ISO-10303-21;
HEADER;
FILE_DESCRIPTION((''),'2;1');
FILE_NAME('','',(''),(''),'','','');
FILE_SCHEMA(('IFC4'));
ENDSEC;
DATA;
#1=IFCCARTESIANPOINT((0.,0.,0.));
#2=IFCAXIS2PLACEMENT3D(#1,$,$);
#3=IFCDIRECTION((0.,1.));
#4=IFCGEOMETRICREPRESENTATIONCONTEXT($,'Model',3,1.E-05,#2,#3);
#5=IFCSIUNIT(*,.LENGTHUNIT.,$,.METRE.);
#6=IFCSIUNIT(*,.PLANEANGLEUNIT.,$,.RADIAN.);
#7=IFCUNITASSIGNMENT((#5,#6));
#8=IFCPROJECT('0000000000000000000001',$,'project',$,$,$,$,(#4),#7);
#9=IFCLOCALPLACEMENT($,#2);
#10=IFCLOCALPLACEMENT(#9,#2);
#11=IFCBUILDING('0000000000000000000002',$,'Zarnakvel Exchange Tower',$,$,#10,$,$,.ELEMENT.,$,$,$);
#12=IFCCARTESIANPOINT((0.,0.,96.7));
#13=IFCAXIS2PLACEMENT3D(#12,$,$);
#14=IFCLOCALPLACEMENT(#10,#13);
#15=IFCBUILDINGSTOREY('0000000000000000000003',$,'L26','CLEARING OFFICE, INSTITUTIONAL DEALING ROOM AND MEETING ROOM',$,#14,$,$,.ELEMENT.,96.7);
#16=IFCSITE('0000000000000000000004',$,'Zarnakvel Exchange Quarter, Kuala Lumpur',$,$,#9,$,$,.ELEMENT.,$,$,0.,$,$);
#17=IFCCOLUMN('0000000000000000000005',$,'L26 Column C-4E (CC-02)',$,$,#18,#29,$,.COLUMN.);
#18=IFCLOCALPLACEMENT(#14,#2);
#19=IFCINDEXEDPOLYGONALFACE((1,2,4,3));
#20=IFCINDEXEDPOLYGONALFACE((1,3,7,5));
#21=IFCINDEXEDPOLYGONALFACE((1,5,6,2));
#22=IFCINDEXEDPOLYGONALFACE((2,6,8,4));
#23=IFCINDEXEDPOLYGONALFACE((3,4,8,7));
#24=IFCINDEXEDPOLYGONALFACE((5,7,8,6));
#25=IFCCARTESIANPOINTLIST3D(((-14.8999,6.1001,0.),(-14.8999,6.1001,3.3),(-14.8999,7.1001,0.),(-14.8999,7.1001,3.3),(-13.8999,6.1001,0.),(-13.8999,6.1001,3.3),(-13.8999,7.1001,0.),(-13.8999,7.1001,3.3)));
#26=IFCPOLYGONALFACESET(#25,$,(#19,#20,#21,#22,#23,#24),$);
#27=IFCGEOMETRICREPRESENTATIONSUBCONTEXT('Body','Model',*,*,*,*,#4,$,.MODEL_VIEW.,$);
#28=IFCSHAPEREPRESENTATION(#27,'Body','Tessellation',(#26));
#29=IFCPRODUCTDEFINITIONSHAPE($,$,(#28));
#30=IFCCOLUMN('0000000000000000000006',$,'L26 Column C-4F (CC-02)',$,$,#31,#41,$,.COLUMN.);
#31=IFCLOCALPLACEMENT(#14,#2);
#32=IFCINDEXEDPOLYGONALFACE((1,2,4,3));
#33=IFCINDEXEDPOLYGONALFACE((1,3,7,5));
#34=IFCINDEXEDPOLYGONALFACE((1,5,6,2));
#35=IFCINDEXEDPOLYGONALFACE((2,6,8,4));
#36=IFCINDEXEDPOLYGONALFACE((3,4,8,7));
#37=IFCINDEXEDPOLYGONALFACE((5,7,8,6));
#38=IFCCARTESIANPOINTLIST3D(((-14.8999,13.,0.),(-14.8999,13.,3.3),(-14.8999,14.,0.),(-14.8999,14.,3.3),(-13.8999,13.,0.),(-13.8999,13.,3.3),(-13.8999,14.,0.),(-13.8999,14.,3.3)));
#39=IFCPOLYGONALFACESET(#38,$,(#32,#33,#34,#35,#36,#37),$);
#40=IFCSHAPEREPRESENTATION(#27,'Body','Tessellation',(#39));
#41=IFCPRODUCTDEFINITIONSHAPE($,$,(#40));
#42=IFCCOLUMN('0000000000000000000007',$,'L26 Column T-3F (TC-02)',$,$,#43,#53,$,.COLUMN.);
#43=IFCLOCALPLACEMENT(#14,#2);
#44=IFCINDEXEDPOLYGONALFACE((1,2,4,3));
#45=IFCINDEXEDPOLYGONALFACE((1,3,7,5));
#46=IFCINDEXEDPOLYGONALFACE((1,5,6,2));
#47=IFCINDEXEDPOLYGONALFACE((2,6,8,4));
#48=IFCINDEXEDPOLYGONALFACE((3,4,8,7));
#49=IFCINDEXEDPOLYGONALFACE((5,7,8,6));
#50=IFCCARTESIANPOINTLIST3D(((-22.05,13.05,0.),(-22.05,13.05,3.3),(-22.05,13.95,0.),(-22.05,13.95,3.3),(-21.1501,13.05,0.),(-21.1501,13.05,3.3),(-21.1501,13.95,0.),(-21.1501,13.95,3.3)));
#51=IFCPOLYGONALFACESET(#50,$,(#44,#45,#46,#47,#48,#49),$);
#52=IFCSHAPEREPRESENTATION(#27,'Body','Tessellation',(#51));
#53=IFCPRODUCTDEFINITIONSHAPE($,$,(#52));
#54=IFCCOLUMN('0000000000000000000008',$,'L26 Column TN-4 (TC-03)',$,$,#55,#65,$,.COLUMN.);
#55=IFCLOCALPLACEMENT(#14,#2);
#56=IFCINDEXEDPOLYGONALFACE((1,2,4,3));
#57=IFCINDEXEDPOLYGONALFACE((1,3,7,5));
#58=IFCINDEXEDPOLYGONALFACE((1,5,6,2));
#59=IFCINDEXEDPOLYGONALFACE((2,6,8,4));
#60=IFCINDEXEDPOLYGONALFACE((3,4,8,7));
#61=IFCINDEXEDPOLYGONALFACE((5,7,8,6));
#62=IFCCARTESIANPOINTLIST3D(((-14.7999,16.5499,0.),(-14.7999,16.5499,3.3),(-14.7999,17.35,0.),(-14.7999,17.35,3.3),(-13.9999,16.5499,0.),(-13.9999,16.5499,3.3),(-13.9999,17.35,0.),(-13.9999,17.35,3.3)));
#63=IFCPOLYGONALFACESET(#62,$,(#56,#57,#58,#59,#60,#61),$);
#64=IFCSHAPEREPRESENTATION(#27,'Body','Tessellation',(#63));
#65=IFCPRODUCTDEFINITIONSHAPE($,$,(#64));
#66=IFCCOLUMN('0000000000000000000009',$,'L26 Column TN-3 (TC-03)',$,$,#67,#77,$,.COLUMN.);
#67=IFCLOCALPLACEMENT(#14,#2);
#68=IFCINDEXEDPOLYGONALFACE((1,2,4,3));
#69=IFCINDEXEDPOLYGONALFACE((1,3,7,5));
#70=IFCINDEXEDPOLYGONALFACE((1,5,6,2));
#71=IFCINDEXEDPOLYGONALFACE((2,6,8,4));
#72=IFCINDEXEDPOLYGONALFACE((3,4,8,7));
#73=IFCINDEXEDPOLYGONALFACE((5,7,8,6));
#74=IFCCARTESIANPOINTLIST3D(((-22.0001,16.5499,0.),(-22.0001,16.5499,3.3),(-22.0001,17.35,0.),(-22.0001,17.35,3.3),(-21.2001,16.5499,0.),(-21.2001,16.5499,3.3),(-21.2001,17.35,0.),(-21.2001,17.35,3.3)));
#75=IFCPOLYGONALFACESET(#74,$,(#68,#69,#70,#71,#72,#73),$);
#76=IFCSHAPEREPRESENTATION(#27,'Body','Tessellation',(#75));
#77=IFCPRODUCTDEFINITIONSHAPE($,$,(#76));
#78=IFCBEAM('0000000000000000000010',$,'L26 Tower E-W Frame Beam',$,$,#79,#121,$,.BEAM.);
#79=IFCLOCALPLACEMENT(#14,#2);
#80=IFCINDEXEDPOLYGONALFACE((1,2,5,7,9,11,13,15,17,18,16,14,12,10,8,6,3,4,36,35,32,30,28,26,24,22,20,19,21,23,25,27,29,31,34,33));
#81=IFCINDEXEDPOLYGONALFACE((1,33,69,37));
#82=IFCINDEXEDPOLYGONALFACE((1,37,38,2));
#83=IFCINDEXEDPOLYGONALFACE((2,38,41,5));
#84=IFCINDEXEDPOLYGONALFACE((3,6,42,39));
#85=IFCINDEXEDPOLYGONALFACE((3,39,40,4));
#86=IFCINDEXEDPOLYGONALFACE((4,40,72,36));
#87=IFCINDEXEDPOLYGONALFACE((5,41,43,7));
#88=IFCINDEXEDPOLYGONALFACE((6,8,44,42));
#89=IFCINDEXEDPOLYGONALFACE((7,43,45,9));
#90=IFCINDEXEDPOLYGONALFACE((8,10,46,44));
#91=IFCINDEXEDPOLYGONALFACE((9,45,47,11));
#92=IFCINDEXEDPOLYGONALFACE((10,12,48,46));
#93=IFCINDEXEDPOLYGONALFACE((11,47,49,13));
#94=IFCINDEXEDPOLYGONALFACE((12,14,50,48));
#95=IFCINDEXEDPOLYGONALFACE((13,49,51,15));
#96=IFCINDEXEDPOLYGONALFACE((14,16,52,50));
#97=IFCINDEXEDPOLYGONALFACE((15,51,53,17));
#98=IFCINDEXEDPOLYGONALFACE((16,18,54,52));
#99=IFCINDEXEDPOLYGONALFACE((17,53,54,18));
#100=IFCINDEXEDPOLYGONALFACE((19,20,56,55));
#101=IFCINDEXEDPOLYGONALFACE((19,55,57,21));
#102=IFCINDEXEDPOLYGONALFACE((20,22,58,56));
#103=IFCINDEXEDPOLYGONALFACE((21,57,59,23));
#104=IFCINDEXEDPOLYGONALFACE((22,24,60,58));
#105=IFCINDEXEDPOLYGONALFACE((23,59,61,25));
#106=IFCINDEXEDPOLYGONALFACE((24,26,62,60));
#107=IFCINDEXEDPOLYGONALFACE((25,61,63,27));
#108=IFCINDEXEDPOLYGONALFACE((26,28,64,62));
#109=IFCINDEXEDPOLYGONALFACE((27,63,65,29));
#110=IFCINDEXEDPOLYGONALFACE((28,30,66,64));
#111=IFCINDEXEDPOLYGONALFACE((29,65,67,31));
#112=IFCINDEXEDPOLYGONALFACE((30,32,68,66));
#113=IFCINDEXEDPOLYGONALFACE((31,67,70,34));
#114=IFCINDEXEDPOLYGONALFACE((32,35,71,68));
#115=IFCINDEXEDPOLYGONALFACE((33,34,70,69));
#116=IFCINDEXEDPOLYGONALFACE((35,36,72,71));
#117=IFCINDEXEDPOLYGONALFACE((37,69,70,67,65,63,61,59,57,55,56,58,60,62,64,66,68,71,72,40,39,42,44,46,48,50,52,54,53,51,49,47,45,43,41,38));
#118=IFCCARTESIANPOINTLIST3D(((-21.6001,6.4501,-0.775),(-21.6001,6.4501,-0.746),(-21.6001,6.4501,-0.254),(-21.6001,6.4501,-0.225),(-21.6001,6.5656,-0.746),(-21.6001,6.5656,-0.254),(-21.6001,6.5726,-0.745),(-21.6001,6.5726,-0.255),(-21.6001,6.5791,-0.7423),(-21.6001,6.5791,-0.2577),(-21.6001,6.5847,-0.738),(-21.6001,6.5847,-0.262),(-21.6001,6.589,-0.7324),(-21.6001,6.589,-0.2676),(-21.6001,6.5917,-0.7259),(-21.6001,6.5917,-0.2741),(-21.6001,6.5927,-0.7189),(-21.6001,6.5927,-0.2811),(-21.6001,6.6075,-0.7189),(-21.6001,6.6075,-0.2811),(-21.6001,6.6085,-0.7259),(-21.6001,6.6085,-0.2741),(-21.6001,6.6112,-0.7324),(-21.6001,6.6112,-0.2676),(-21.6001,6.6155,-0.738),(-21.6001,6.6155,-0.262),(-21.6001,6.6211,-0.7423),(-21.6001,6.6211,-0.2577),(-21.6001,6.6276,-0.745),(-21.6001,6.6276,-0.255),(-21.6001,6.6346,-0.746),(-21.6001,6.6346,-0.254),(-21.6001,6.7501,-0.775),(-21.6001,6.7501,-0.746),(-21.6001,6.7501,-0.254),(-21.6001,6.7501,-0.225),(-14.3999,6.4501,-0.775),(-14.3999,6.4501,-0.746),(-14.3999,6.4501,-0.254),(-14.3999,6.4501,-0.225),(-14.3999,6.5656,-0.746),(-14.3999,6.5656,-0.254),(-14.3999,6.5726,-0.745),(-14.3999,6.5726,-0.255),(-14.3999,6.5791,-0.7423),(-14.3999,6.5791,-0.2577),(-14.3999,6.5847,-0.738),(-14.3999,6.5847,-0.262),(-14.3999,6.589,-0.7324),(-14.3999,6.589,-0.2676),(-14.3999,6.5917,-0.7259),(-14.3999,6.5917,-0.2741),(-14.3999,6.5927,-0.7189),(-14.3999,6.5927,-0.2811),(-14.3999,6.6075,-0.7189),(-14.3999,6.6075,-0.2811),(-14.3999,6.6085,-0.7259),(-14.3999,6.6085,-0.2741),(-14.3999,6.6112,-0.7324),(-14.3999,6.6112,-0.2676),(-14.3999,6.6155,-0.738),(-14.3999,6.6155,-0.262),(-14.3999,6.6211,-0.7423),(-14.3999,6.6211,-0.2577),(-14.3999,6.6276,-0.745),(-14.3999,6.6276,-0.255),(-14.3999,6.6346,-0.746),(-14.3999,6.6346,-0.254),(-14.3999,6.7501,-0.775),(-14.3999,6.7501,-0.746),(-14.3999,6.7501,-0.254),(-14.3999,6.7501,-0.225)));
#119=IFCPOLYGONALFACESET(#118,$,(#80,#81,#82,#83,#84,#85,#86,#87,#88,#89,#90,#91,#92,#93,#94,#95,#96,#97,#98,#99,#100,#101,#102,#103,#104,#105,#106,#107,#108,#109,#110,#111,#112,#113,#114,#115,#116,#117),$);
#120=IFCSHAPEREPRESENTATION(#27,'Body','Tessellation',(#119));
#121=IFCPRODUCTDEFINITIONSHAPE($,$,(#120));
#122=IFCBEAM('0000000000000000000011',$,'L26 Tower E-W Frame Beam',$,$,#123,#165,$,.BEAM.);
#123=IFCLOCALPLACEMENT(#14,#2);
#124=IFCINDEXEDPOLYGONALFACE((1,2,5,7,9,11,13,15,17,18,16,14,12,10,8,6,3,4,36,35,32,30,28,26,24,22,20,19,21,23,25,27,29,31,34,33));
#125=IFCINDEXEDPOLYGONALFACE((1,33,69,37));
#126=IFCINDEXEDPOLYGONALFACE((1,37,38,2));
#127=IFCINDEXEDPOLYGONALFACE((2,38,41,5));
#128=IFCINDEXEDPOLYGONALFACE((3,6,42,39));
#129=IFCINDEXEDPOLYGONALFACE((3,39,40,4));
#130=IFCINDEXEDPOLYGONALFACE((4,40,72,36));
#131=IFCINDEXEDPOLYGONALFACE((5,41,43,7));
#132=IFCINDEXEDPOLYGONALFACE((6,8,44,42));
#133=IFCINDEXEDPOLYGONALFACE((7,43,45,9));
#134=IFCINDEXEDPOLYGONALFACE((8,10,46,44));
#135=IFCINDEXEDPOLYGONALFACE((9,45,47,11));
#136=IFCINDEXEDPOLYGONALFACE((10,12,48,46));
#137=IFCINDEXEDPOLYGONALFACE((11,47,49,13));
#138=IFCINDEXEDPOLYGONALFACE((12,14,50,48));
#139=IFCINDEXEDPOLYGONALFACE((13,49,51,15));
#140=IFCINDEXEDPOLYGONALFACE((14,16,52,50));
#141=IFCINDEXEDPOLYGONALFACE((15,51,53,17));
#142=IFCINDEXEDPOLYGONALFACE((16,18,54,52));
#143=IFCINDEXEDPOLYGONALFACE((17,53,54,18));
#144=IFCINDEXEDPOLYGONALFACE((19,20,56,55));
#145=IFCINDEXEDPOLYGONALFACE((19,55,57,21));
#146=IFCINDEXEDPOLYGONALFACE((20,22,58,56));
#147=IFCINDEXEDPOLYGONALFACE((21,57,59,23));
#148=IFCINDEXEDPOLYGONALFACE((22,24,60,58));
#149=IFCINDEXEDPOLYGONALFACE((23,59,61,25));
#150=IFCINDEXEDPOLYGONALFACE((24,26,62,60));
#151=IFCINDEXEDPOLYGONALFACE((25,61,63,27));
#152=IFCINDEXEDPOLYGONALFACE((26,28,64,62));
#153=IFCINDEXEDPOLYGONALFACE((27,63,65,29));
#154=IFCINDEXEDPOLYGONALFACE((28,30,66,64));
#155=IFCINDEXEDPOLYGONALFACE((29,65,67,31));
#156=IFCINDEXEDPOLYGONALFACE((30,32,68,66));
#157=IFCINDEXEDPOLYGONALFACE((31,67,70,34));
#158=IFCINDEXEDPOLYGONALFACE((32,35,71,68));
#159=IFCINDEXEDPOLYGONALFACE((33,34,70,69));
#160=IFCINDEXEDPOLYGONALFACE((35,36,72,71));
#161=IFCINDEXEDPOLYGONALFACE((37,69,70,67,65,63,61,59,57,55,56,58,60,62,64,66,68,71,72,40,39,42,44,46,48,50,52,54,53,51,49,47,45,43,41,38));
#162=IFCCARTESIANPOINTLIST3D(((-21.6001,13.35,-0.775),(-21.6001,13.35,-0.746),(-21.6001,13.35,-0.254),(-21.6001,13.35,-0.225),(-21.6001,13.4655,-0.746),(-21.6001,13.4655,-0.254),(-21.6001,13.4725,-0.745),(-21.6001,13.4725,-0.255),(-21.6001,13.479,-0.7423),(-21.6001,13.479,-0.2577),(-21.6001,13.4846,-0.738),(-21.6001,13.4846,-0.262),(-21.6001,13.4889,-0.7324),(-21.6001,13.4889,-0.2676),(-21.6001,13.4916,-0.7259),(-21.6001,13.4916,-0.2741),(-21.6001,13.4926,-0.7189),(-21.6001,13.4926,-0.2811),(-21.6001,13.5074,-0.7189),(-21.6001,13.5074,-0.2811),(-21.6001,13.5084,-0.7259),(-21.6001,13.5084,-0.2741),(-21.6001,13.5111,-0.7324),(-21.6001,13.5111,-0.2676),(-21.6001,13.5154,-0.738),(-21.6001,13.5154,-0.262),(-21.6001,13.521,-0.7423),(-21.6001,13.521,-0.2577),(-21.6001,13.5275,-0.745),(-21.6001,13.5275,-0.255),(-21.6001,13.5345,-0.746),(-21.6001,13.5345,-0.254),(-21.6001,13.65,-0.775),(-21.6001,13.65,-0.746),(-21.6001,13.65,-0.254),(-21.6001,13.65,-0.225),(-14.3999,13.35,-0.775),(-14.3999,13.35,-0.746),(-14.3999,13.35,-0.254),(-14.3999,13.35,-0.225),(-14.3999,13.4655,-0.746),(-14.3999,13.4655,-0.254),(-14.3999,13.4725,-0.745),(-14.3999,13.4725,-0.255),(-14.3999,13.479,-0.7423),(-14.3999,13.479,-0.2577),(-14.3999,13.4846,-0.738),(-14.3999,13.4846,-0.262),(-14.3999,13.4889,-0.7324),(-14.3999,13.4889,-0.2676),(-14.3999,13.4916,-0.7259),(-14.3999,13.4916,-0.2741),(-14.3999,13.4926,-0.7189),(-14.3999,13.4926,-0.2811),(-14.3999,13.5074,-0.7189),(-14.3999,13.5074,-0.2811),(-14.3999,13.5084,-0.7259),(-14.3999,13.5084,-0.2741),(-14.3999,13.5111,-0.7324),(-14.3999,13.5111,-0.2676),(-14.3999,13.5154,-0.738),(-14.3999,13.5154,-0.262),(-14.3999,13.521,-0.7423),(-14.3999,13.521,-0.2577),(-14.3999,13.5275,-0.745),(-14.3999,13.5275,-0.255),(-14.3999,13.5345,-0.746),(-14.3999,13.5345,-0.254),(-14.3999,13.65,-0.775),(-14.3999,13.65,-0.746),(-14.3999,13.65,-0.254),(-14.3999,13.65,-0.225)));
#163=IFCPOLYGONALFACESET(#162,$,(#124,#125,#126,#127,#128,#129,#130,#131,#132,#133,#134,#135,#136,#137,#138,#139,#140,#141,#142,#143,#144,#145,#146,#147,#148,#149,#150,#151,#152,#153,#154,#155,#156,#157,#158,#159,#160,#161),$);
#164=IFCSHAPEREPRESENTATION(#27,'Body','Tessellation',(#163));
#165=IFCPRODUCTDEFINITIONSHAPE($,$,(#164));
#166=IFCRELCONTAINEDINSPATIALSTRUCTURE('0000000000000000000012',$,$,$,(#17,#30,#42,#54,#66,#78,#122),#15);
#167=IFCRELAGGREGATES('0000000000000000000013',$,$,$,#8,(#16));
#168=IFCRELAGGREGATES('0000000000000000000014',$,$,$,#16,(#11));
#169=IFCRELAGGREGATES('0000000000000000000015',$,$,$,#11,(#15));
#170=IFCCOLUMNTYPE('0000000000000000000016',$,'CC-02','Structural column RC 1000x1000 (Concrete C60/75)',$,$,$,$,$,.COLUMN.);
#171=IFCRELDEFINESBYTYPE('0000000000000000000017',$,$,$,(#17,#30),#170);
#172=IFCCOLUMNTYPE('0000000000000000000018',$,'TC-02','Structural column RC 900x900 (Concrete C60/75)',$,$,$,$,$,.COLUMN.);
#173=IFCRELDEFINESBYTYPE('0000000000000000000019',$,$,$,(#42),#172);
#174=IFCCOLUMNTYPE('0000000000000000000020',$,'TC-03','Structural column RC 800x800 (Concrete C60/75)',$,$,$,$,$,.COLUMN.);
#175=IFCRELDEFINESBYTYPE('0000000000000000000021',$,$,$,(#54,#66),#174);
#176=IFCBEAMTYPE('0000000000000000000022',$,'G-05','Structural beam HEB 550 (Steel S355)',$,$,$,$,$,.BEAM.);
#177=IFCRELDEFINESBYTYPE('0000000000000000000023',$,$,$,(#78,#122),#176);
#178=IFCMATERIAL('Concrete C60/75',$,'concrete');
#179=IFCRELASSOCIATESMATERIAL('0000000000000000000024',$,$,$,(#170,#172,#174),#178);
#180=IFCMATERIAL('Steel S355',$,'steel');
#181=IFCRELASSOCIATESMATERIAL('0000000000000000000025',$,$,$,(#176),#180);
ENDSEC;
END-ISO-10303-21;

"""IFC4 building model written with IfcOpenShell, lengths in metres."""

from ifc_helpers import new_model, si_unit, direction, frame, origin, origin_2d, place, context, subcontext, project, spatial, rectangle, i_section, extrude, material, material_profile, profile_set, type_object, element, save


model = new_model("IFC4")

# Units and contexts
model_context = context("Model", 3, precision=1e-05, world=origin(), true_north=direction((0.0, 1.0)))
body_context = subcontext(model_context, "Body", "Model", "MODEL_VIEW")
ifc_project = project(units=[si_unit("LENGTHUNIT", "METRE"), si_unit("PLANEANGLEUNIT", "RADIAN")], contexts=[model_context])

# Site, building, storey
site_placement = place(None, origin())
site = spatial("IfcSite", under=ifc_project, at=site_placement, Name="Zarnakvel Exchange Quarter, Kuala Lumpur", CompositionType="ELEMENT", RefElevation=0.0)
building_placement = place(site_placement, origin())
building = spatial("IfcBuilding", under=site, at=building_placement, Name="Zarnakvel Exchange Tower", CompositionType="ELEMENT")
storey_placement = place(building_placement, frame((0.0, 0.0, 96.7)))
storey = spatial("IfcBuildingStorey", under=building, at=storey_placement, Name="L26", Description="CLEARING OFFICE, INSTITUTIONAL DEALING ROOM AND MEETING ROOM", CompositionType="ELEMENT", Elevation=96.7)

# Columns
ifc_material_1 = material(Name="Concrete C60/75", Category="concrete")
ifc_material_profile_1 = material_profile(ifc_material_1, rectangle(XDim=1.0, YDim=1.0, at=origin_2d()))
ifc_profile_set_1 = profile_set([ifc_material_profile_1], Name="Concrete C60/75")
column_type_1 = type_object("IfcColumnType", Name="CC-02", Description="Structural column RC 1000x1000 (Concrete C60/75)", PredefinedType="COLUMN", material=ifc_profile_set_1)
for number, where, z_axis, x_axis, name in (
    (1, (-14.3999, 6.6001, 0.0), (0.0, 0.0, 1.0), (1.0, 0.0, 0.0), "L26 Column C-4E (CC-02)"),
    (2, (-14.3999, 13.5, 0.0), (0.0, 0.0, 1.0), (1.0, 0.0, 0.0), "L26 Column C-4F (CC-02)"),
):
    element("IfcColumn", number, at=place(storey_placement, frame(where, z_axis=z_axis, x_axis=x_axis)), inside=storey, type_object=column_type_1, Name=name, PredefinedType="COLUMN", context=body_context, shape_type="SweptSolid", body=[
        extrude(rectangle(XDim=1.0, YDim=1.0, at=origin_2d()), origin(), (0.0, 0.0, 1.0), 3.3),
    ])
ifc_material_profile_2 = material_profile(ifc_material_1, rectangle(XDim=0.8999, YDim=0.8999, at=origin_2d()))
ifc_profile_set_2 = profile_set([ifc_material_profile_2], Name="Concrete C60/75")
column_type_2 = type_object("IfcColumnType", Name="TC-02", Description="Structural column RC 900x900 (Concrete C60/75)", PredefinedType="COLUMN", material=ifc_profile_set_2)
column_placement = place(storey_placement, frame((-21.6001, 13.5, 0.0), z_axis=(0.0, 0.0, 1.0), x_axis=(1.0, 0.0, 0.0)))
element("IfcColumn", 3, at=column_placement, inside=storey, type_object=column_type_2, Name="L26 Column T-3F (TC-02)", PredefinedType="COLUMN", context=body_context, shape_type="SweptSolid", body=[
    extrude(rectangle(XDim=0.8999, YDim=0.8999, at=origin_2d()), origin(), (0.0, 0.0, 1.0), 3.3),
])
ifc_material_profile_3 = material_profile(ifc_material_1, rectangle(XDim=0.8, YDim=0.8, at=origin_2d()))
ifc_profile_set_3 = profile_set([ifc_material_profile_3], Name="Concrete C60/75")
column_type_3 = type_object("IfcColumnType", Name="TC-03", Description="Structural column RC 800x800 (Concrete C60/75)", PredefinedType="COLUMN", material=ifc_profile_set_3)
for number, where, z_axis, x_axis, name in (
    (4, (-14.3999, 16.95, 0.0), (0.0, 0.0, 1.0), (1.0, 0.0, 0.0), "L26 Column TN-4 (TC-03)"),
    (5, (-21.6001, 16.95, 0.0), (0.0, 0.0, 1.0), (1.0, 0.0, 0.0), "L26 Column TN-3 (TC-03)"),
):
    element("IfcColumn", number, at=place(storey_placement, frame(where, z_axis=z_axis, x_axis=x_axis)), inside=storey, type_object=column_type_3, Name=name, PredefinedType="COLUMN", context=body_context, shape_type="SweptSolid", body=[
        extrude(rectangle(XDim=0.8, YDim=0.8, at=origin_2d()), origin(), (0.0, 0.0, 1.0), 3.3),
    ])

# Beams
ifc_material_2 = material(Name="Steel S355", Category="steel")
ifc_material_profile_4 = material_profile(ifc_material_2, i_section(OverallWidth=0.3, OverallDepth=0.55, WebThickness=0.0149, FlangeThickness=0.0291, FilletRadius=0.0271, at=origin_2d()))
ifc_profile_set_4 = profile_set([ifc_material_profile_4], Name="Steel S355")
beam_type_1 = type_object("IfcBeamType", Name="G-05", Description="Structural beam HEB 550 (Steel S355)", PredefinedType="BEAM", material=ifc_profile_set_4)
for number, where, z_axis, x_axis, name in (
    (6, (-21.6001, 6.6001, -0.5), (1.0, 0.0, 0.0), (0.0, 1.0, 0.0), "L26 Tower E-W Frame Beam"),
    (7, (-21.6001, 13.5, -0.5), (1.0, 0.0, 0.0), (0.0, 1.0, 0.0), "L26 Tower E-W Frame Beam"),
):
    element("IfcBeam", number, at=place(storey_placement, frame(where, z_axis=z_axis, x_axis=x_axis)), inside=storey, type_object=beam_type_1, Name=name, PredefinedType="BEAM", context=body_context, shape_type="SweptSolid", body=[
        extrude(i_section(OverallWidth=0.3, OverallDepth=0.55, WebThickness=0.0149, FlangeThickness=0.0291, FilletRadius=0.0271, at=origin_2d()), origin(), (0.0, 0.0, 1.0), 7.2002),
    ])

save(model, "model.ifc")
